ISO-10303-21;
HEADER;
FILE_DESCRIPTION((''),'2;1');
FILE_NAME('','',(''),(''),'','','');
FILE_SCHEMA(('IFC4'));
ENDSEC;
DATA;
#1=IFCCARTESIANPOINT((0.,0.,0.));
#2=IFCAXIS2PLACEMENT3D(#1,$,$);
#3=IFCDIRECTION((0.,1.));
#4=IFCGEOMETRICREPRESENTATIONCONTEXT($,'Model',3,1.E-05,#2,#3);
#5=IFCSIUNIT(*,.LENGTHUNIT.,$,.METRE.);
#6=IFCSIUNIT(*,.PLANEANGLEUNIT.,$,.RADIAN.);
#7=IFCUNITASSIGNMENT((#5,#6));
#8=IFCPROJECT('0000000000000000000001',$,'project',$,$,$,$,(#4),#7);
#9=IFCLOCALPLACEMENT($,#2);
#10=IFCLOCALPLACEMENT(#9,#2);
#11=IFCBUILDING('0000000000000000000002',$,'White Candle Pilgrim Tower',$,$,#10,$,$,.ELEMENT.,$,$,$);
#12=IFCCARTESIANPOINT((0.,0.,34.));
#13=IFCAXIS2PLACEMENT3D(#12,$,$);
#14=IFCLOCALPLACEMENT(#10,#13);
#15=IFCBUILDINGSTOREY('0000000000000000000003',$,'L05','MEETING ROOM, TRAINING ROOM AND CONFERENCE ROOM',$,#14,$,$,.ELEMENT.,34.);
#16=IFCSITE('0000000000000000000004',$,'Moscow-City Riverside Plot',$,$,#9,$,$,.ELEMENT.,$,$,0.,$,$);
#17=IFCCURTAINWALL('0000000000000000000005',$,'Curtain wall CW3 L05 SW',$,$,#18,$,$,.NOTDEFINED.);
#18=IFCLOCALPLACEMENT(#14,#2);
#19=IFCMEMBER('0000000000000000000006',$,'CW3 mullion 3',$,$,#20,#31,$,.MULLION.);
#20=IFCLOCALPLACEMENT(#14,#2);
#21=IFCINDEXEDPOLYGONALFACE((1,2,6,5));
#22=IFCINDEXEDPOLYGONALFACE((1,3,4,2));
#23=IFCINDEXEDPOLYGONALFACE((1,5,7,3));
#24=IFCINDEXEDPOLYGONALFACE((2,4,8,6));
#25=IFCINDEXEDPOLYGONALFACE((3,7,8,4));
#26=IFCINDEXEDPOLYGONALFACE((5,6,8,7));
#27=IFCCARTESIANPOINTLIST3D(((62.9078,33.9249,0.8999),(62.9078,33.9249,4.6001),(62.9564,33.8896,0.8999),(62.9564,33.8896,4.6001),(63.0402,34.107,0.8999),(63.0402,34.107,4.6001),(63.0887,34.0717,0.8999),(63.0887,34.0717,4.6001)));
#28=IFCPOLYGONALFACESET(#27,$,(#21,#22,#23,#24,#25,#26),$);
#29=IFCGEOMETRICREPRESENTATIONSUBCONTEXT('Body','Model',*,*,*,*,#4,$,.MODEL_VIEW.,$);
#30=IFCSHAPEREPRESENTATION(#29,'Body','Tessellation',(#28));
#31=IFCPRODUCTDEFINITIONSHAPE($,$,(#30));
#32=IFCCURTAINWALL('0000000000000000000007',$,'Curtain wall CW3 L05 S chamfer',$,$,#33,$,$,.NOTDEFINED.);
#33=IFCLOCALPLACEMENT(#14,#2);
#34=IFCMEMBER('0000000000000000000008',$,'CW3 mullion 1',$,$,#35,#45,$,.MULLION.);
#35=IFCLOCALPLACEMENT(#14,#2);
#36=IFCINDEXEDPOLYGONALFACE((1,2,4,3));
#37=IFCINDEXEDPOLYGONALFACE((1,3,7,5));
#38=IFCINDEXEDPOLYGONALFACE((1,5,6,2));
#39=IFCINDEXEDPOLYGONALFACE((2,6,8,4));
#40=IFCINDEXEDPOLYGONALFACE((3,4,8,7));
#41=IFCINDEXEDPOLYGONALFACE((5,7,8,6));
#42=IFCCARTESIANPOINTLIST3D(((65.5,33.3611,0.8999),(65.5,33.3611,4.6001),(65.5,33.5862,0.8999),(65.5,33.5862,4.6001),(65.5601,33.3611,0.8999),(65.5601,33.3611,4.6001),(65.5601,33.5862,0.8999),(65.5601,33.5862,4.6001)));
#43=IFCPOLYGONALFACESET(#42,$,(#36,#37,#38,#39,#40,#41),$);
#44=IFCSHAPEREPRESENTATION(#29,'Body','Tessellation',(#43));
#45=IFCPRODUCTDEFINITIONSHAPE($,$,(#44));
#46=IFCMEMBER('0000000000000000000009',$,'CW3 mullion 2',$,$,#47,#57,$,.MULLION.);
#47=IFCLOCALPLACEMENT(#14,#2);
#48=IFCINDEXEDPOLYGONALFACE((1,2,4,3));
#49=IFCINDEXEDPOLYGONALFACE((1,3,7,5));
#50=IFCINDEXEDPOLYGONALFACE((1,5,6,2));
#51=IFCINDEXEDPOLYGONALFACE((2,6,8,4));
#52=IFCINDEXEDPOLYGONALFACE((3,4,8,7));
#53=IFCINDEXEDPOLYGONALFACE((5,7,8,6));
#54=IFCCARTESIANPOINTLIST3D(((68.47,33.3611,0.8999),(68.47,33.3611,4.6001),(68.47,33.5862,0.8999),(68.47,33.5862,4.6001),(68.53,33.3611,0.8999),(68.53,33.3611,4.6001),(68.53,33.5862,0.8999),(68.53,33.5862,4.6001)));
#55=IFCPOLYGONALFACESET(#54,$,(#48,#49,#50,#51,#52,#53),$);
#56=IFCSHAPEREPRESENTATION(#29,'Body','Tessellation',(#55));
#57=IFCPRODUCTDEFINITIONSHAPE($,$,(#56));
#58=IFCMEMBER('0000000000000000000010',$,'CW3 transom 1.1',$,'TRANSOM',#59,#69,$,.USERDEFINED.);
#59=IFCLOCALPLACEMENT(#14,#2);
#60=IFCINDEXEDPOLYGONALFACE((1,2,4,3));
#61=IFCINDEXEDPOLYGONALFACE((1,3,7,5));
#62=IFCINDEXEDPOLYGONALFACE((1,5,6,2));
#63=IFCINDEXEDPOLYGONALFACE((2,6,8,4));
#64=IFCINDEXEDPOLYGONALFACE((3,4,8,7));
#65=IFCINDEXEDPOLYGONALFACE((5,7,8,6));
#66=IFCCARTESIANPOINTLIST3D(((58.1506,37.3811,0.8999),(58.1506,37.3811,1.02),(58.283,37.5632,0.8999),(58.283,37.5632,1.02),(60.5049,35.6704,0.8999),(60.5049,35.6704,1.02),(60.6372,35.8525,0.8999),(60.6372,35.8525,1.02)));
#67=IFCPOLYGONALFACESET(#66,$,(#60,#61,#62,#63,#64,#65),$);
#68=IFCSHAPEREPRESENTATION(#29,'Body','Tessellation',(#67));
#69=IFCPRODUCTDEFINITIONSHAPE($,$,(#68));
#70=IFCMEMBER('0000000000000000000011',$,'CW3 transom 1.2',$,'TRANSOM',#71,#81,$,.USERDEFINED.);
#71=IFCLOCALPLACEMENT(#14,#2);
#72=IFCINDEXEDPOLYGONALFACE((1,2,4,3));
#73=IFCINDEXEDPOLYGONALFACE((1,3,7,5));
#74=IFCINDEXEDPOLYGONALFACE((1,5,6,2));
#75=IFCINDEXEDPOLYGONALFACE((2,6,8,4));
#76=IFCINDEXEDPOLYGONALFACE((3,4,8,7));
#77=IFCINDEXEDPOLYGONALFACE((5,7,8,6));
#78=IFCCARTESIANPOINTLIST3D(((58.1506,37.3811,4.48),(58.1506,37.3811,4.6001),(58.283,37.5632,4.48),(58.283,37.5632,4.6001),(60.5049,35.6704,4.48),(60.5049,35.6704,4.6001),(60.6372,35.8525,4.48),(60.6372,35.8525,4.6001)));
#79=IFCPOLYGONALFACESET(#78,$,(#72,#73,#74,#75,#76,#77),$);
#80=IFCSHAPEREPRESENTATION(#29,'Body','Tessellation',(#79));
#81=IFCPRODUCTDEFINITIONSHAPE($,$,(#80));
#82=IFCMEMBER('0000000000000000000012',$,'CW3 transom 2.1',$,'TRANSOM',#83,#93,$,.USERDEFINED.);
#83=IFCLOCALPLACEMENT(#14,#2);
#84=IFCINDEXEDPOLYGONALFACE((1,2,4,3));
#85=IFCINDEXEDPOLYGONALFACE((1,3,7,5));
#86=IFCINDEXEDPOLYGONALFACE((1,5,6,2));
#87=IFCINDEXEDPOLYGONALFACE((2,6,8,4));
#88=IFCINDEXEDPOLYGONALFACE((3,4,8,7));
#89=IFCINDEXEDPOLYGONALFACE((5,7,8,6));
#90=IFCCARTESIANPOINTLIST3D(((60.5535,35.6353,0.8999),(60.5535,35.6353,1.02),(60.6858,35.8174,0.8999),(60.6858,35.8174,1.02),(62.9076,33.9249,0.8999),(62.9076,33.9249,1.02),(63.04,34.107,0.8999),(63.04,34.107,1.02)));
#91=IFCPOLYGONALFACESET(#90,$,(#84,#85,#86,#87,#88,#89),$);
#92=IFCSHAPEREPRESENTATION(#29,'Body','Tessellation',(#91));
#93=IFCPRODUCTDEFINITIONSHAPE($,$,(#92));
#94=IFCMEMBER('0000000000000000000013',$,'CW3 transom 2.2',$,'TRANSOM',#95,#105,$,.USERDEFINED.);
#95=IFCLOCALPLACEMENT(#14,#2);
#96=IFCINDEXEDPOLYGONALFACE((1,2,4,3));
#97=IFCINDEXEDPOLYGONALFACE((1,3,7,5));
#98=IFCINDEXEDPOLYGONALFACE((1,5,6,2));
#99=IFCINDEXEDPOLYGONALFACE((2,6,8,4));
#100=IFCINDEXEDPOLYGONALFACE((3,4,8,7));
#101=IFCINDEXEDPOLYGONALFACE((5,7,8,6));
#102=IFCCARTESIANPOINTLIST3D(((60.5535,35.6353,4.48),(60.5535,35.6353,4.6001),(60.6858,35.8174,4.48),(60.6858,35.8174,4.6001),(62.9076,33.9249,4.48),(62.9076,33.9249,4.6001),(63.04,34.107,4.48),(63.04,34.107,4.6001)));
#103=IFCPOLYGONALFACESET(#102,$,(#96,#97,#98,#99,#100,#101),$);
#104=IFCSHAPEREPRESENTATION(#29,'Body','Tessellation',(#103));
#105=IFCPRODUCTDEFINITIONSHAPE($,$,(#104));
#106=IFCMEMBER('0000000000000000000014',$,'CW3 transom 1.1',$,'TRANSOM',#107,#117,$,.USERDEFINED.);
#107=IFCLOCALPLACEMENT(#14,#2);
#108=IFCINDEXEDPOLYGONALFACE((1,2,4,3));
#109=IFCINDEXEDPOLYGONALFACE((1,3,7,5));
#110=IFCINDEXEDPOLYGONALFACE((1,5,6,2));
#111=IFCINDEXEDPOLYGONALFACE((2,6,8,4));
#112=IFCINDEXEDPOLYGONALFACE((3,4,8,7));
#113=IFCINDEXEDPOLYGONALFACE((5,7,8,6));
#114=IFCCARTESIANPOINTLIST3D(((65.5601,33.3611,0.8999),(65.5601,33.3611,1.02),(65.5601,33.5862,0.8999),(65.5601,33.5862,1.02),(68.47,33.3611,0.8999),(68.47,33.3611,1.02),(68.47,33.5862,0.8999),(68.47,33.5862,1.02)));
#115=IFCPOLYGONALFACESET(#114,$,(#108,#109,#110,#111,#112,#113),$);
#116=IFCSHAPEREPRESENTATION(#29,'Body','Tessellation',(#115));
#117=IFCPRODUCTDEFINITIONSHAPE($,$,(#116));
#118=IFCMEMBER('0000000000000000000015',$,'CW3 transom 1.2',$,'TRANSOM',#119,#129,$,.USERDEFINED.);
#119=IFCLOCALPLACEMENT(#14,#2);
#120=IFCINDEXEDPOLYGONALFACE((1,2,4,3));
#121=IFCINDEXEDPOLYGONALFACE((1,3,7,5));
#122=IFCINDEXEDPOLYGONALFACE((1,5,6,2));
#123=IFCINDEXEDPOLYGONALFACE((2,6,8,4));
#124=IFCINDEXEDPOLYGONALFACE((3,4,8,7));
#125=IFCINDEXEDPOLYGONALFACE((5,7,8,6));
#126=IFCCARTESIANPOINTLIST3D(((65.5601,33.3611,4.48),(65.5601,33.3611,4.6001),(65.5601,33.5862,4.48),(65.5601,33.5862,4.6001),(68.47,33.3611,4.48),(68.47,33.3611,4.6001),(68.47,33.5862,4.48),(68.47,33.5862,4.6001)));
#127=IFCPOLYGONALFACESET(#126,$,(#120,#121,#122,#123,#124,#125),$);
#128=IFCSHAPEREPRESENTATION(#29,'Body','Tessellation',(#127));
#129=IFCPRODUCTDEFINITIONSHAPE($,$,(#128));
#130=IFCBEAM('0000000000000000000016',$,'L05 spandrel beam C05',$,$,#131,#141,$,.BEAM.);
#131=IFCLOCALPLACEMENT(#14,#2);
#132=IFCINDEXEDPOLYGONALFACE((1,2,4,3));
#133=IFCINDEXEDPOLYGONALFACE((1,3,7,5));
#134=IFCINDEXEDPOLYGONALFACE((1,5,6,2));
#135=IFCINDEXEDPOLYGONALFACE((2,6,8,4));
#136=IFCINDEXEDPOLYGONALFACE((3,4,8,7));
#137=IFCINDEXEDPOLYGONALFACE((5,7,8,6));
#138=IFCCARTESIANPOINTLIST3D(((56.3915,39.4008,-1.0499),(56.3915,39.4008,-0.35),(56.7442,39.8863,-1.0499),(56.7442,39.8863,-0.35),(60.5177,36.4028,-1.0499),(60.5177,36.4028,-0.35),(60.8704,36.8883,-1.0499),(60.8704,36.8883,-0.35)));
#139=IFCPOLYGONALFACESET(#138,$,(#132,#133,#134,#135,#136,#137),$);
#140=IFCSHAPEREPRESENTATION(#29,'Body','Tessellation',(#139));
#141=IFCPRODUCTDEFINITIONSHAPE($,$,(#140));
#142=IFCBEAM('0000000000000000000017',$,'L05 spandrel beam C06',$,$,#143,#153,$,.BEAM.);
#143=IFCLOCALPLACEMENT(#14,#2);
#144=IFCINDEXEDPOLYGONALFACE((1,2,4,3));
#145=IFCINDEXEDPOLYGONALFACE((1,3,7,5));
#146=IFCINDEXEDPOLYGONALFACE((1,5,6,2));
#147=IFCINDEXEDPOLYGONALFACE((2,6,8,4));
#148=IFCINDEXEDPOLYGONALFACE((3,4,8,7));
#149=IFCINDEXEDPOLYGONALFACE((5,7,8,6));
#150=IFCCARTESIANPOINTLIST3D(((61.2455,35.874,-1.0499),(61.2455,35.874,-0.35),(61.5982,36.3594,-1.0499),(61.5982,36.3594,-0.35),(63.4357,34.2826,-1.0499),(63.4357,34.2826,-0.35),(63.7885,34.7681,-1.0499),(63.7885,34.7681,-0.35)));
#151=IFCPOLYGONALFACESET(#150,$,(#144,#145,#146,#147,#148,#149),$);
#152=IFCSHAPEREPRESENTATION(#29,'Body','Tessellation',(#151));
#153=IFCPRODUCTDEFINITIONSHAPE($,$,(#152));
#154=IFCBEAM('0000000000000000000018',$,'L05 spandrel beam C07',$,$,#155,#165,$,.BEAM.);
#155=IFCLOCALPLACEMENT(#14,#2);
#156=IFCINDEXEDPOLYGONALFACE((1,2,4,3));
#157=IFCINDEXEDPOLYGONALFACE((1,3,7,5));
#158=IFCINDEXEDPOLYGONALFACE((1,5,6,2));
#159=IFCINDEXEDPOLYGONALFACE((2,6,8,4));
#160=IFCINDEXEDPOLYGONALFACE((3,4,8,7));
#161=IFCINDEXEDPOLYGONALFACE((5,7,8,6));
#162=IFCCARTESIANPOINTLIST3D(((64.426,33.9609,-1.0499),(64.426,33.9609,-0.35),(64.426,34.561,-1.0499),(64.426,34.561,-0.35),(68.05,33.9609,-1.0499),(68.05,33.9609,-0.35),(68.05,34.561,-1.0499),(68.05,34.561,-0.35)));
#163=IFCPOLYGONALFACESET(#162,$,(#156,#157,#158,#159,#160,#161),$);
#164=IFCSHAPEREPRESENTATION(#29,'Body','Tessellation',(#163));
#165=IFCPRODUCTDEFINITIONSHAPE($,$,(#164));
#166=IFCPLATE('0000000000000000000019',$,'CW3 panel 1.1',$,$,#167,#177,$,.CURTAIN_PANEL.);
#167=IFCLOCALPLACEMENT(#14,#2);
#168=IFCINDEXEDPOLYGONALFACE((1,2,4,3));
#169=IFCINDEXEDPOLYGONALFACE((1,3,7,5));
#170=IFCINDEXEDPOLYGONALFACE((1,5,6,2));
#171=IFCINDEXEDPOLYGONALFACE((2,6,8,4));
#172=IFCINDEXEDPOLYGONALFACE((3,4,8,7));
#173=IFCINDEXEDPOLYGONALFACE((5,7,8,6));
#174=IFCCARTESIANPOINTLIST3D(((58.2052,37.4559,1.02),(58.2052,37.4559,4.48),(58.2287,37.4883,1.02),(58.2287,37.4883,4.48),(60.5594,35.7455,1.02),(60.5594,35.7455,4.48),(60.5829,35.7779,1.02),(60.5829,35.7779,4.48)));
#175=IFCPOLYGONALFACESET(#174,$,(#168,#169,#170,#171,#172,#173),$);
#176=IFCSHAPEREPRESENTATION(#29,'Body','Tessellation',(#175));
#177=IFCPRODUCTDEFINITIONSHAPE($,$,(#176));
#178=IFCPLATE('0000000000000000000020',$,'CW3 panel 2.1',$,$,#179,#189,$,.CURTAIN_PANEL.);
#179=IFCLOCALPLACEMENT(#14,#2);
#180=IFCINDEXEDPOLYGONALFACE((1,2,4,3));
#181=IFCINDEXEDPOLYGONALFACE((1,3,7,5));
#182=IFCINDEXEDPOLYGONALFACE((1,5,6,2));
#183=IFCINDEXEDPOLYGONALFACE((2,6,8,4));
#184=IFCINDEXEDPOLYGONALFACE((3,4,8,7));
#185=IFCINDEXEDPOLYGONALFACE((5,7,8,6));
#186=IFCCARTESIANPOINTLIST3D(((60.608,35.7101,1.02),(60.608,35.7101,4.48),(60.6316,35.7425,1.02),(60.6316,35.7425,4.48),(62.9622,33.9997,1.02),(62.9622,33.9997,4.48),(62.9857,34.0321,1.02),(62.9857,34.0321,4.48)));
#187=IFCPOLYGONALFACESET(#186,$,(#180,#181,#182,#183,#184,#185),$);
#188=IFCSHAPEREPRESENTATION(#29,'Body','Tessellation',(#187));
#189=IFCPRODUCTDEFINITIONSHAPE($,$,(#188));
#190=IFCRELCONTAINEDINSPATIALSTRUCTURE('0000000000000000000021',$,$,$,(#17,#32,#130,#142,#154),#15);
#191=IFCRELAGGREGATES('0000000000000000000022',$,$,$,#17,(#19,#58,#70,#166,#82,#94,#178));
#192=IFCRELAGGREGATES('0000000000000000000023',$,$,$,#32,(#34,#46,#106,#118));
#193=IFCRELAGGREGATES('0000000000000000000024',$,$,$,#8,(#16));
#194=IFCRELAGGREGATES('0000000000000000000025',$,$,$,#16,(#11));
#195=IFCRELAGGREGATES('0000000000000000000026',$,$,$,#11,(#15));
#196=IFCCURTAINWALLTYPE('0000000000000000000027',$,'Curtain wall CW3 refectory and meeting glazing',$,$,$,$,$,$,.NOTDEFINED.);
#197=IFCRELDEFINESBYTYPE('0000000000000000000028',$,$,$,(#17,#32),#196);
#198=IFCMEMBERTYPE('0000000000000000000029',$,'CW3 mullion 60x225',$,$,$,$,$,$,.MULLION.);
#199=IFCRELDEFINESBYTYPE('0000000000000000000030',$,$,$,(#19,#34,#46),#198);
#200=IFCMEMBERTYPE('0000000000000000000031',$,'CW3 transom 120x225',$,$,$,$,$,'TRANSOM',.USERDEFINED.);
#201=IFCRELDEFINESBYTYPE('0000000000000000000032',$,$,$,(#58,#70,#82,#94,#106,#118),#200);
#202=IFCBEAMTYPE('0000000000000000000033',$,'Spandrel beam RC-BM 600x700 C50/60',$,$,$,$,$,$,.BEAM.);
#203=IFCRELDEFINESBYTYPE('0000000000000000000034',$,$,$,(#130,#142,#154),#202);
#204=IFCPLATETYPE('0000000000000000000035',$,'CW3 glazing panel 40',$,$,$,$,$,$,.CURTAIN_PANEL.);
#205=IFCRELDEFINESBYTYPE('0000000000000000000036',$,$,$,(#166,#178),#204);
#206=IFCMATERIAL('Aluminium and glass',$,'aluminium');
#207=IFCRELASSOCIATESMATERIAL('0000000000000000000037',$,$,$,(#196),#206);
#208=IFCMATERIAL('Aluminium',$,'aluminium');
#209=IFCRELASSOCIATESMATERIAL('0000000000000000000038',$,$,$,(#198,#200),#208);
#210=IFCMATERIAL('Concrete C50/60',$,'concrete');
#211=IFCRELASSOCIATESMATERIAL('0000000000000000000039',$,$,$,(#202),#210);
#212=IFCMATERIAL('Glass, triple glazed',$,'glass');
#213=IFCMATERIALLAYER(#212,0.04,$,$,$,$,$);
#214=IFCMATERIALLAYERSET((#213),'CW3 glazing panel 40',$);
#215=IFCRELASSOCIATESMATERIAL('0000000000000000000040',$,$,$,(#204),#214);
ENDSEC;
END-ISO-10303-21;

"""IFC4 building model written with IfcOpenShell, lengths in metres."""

from ifc_helpers import new_model, si_unit, direction, frame, origin, origin_2d, place, context, subcontext, project, spatial, rectangle, extrude, material, layer, layer_set, material_profile, profile_set, type_object, element, aggregate, save


model = new_model("IFC4")

# Units and contexts
model_context = context("Model", 3, precision=1e-05, world=origin(), true_north=direction((0.0, 1.0)))
body_context = subcontext(model_context, "Body", "Model", "MODEL_VIEW")
ifc_project = project(units=[si_unit("LENGTHUNIT", "METRE"), si_unit("PLANEANGLEUNIT", "RADIAN")], contexts=[model_context])

# Site, building, storey
site_placement = place(None, origin())
site = spatial("IfcSite", under=ifc_project, at=site_placement, Name="Moscow-City Riverside Plot", CompositionType="ELEMENT", RefElevation=0.0)
building_placement = place(site_placement, origin())
building = spatial("IfcBuilding", under=site, at=building_placement, Name="White Candle Pilgrim Tower", CompositionType="ELEMENT")
storey_placement = place(building_placement, frame((0.0, 0.0, 34.0)))
storey = spatial("IfcBuildingStorey", under=building, at=storey_placement, Name="L05", Description="MEETING ROOM, TRAINING ROOM AND CONFERENCE ROOM", CompositionType="ELEMENT", Elevation=34.0)

# Curtain walls, members
ifc_material_1 = material(Name="Aluminium and glass", Category="aluminium")
curtain_wall_type = type_object("IfcCurtainWallType", Name="Curtain wall CW3 refectory and meeting glazing", PredefinedType="NOTDEFINED", material=ifc_material_1)
curtain_wall_1_placement = place(storey_placement, origin())
curtain_wall_1 = element("IfcCurtainWall", 1, at=curtain_wall_1_placement, inside=storey, type_object=curtain_wall_type, Name="Curtain wall CW3 L05 SW", PredefinedType="NOTDEFINED")
ifc_material_2 = material(Name="Aluminium", Category="aluminium")
ifc_material_profile_1 = material_profile(ifc_material_2, rectangle(XDim=0.2251, YDim=0.0601, at=origin_2d()), Name="CW3 mullion 60x225")
ifc_profile_set_1 = profile_set([ifc_material_profile_1], Name="Aluminium")
member_type_1 = type_object("IfcMemberType", Name="CW3 mullion 60x225", PredefinedType="MULLION", material=ifc_profile_set_1)
member_1_placement = place(storey_placement, frame((62.9983, 33.9983, 0.8999), z_axis=(0.0, 0.0, 1.0), x_axis=(0.587785, 0.809017, 0.0)))
member_1 = element("IfcMember", 2, at=member_1_placement, type_object=member_type_1, Name="CW3 mullion 3", PredefinedType="MULLION", context=body_context, shape_type="SweptSolid", body=[
    extrude(rectangle(XDim=0.2251, YDim=0.0601, at=origin_2d()), origin(), (0.0, 0.0, 1.0), 3.7002),
])
curtain_wall_2_placement = place(storey_placement, origin())
curtain_wall_2 = element("IfcCurtainWall", 3, at=curtain_wall_2_placement, inside=storey, type_object=curtain_wall_type, Name="Curtain wall CW3 L05 S chamfer", PredefinedType="NOTDEFINED")
member_2_placement = place(storey_placement, frame((65.53, 33.4736, 0.8999), z_axis=(0.0, 0.0, 1.0), x_axis=(0.0, 1.0, 0.0)))
member_2 = element("IfcMember", 4, at=member_2_placement, type_object=member_type_1, Name="CW3 mullion 1", PredefinedType="MULLION", context=body_context, shape_type="SweptSolid", body=[
    extrude(rectangle(XDim=0.2251, YDim=0.0601, at=origin_2d()), origin(), (0.0, 0.0, 1.0), 3.7002),
])
member_3_placement = place(storey_placement, frame((68.5, 33.4736, 0.8999), z_axis=(0.0, 0.0, 1.0), x_axis=(0.0, 1.0, 0.0)))
member_3 = element("IfcMember", 5, at=member_3_placement, type_object=member_type_1, Name="CW3 mullion 2", PredefinedType="MULLION", context=body_context, shape_type="SweptSolid", body=[
    extrude(rectangle(XDim=0.2251, YDim=0.0601, at=origin_2d()), origin(), (0.0, 0.0, 1.0), 3.7002),
])

# Members
ifc_material_profile_2 = material_profile(ifc_material_2, rectangle(XDim=0.2251, YDim=0.1201, at=origin_2d()), Name="CW3 transom 120x225")
ifc_profile_set_2 = profile_set([ifc_material_profile_2], Name="Aluminium")
member_type_2 = type_object("IfcMemberType", Name="CW3 transom 120x225", ElementType="TRANSOM", PredefinedType="USERDEFINED", material=ifc_profile_set_2)
member_4_placement = place(storey_placement, frame((58.2168, 37.4722, 0.96), z_axis=(0.808979, -0.587837, 0.0), x_axis=(0.587837, 0.808979, 0.0)))
member_4 = element("IfcMember", 6, at=member_4_placement, type_object=member_type_2, Name="CW3 transom 1.1", ObjectType="TRANSOM", PredefinedType="USERDEFINED", context=body_context, shape_type="SweptSolid", body=[
    extrude(rectangle(XDim=0.2251, YDim=0.1201, at=origin_2d()), origin(), (0.0, 0.0, 1.0), 2.9102),
])
member_5_placement = place(storey_placement, frame((58.2168, 37.4722, 4.54), z_axis=(0.808979, -0.587837, 0.0), x_axis=(0.587837, 0.808979, 0.0)))
member_5 = element("IfcMember", 7, at=member_5_placement, type_object=member_type_2, Name="CW3 transom 1.2", ObjectType="TRANSOM", PredefinedType="USERDEFINED", context=body_context, shape_type="SweptSolid", body=[
    extrude(rectangle(XDim=0.2251, YDim=0.1201, at=origin_2d()), origin(), (0.0, 0.0, 1.0), 2.9102),
])
member_6_placement = place(storey_placement, frame((60.6196, 35.7263, 0.96), z_axis=(0.809019, -0.587783, 0.0), x_axis=(0.587783, 0.809019, 0.0)))
member_6 = element("IfcMember", 8, at=member_6_placement, type_object=member_type_2, Name="CW3 transom 2.1", ObjectType="TRANSOM", PredefinedType="USERDEFINED", context=body_context, shape_type="SweptSolid", body=[
    extrude(rectangle(XDim=0.2251, YDim=0.1201, at=origin_2d()), origin(), (0.0, 0.0, 1.0), 2.9099),
])
member_7_placement = place(storey_placement, frame((60.6196, 35.7263, 4.54), z_axis=(0.809019, -0.587783, 0.0), x_axis=(0.587783, 0.809019, 0.0)))
member_7 = element("IfcMember", 9, at=member_7_placement, type_object=member_type_2, Name="CW3 transom 2.2", ObjectType="TRANSOM", PredefinedType="USERDEFINED", context=body_context, shape_type="SweptSolid", body=[
    extrude(rectangle(XDim=0.2251, YDim=0.1201, at=origin_2d()), origin(), (0.0, 0.0, 1.0), 2.9099),
])
member_8_placement = place(storey_placement, frame((65.5601, 33.4736, 0.96), z_axis=(1.0, 0.0, 0.0), x_axis=(0.0, 1.0, 0.0)))
member_8 = element("IfcMember", 10, at=member_8_placement, type_object=member_type_2, Name="CW3 transom 1.1", ObjectType="TRANSOM", PredefinedType="USERDEFINED", context=body_context, shape_type="SweptSolid", body=[
    extrude(rectangle(XDim=0.2251, YDim=0.1201, at=origin_2d()), origin(), (0.0, 0.0, 1.0), 2.9099),
])
member_9_placement = place(storey_placement, frame((65.5601, 33.4736, 4.54), z_axis=(1.0, 0.0, 0.0), x_axis=(0.0, 1.0, 0.0)))
member_9 = element("IfcMember", 11, at=member_9_placement, type_object=member_type_2, Name="CW3 transom 1.2", ObjectType="TRANSOM", PredefinedType="USERDEFINED", context=body_context, shape_type="SweptSolid", body=[
    extrude(rectangle(XDim=0.2251, YDim=0.1201, at=origin_2d()), origin(), (0.0, 0.0, 1.0), 2.9099),
])

# Beams
ifc_material_3 = material(Name="Concrete C50/60", Category="concrete")
ifc_material_profile_3 = material_profile(ifc_material_3, rectangle(XDim=0.6001, YDim=0.7, at=origin_2d()), Name="RC-BM 600x700")
ifc_profile_set_3 = profile_set([ifc_material_profile_3], Name="Concrete C50/60")
beam_type = type_object("IfcBeamType", Name="Spandrel beam RC-BM 600x700 C50/60", PredefinedType="BEAM", material=ifc_profile_set_3)
beam_1_placement = place(storey_placement, frame((56.5679, 39.6436, -0.7), z_axis=(0.809001, -0.587807, 0.0), x_axis=(0.587807, 0.809001, 0.0)))
element("IfcBeam", 12, at=beam_1_placement, inside=storey, type_object=beam_type, Name="L05 spandrel beam C05", PredefinedType="BEAM", context=body_context, shape_type="SweptSolid", body=[
    extrude(rectangle(XDim=0.6001, YDim=0.7, at=origin_2d()), origin(), (0.0, 0.0, 1.0), 5.1003),
])
beam_2_placement = place(storey_placement, frame((61.4219, 36.1167, -0.7), z_axis=(0.809009, -0.587796, 0.0), x_axis=(0.587796, 0.809009, 0.0)))
element("IfcBeam", 13, at=beam_2_placement, inside=storey, type_object=beam_type, Name="L05 spandrel beam C06", PredefinedType="BEAM", context=body_context, shape_type="SweptSolid", body=[
    extrude(rectangle(XDim=0.6001, YDim=0.7, at=origin_2d()), origin(), (0.0, 0.0, 1.0), 2.7073),
])
beam_3_placement = place(storey_placement, frame((64.426, 34.261, -0.7), z_axis=(1.0, 0.0, 0.0), x_axis=(0.0, 1.0, 0.0)))
element("IfcBeam", 14, at=beam_3_placement, inside=storey, type_object=beam_type, Name="L05 spandrel beam C07", PredefinedType="BEAM", context=body_context, shape_type="SweptSolid", body=[
    extrude(rectangle(XDim=0.6001, YDim=0.7, at=origin_2d()), origin(), (0.0, 0.0, 1.0), 3.624),
])

# Plates
ifc_material_4 = material(Name="Glass, triple glazed", Category="glass")
ifc_layer_1 = layer(ifc_material_4, 0.04)
ifc_layer_set_1 = layer_set([ifc_layer_1], Name="CW3 glazing panel 40")
plate_type = type_object("IfcPlateType", Name="CW3 glazing panel 40", PredefinedType="CURTAIN_PANEL", material=ifc_layer_set_1)
plate_1_placement = place(storey_placement, frame((59.394, 36.6169, 1.02), z_axis=(0.0, 0.0, 1.0), x_axis=(0.809017, -0.587785, 0.0)))
plate_1 = element("IfcPlate", 15, at=plate_1_placement, type_object=plate_type, Name="CW3 panel 1.1", PredefinedType="CURTAIN_PANEL", context=body_context, shape_type="SweptSolid", body=[
    extrude(rectangle(XDim=2.9099, YDim=0.04, at=origin_2d()), origin(), (0.0, 0.0, 1.0), 3.46),
])
plate_2_placement = place(storey_placement, frame((61.7969, 34.8711, 1.02), z_axis=(0.0, 0.0, 1.0), x_axis=(0.809017, -0.587785, 0.0)))
plate_2 = element("IfcPlate", 16, at=plate_2_placement, type_object=plate_type, Name="CW3 panel 2.1", PredefinedType="CURTAIN_PANEL", context=body_context, shape_type="SweptSolid", body=[
    extrude(rectangle(XDim=2.9099, YDim=0.04, at=origin_2d()), origin(), (0.0, 0.0, 1.0), 3.46),
])
aggregate(curtain_wall_1, [member_1, member_4, member_5, plate_1, member_6, member_7, plate_2])
aggregate(curtain_wall_2, [member_2, member_3, member_8, member_9])

save(model, "model.ifc")
